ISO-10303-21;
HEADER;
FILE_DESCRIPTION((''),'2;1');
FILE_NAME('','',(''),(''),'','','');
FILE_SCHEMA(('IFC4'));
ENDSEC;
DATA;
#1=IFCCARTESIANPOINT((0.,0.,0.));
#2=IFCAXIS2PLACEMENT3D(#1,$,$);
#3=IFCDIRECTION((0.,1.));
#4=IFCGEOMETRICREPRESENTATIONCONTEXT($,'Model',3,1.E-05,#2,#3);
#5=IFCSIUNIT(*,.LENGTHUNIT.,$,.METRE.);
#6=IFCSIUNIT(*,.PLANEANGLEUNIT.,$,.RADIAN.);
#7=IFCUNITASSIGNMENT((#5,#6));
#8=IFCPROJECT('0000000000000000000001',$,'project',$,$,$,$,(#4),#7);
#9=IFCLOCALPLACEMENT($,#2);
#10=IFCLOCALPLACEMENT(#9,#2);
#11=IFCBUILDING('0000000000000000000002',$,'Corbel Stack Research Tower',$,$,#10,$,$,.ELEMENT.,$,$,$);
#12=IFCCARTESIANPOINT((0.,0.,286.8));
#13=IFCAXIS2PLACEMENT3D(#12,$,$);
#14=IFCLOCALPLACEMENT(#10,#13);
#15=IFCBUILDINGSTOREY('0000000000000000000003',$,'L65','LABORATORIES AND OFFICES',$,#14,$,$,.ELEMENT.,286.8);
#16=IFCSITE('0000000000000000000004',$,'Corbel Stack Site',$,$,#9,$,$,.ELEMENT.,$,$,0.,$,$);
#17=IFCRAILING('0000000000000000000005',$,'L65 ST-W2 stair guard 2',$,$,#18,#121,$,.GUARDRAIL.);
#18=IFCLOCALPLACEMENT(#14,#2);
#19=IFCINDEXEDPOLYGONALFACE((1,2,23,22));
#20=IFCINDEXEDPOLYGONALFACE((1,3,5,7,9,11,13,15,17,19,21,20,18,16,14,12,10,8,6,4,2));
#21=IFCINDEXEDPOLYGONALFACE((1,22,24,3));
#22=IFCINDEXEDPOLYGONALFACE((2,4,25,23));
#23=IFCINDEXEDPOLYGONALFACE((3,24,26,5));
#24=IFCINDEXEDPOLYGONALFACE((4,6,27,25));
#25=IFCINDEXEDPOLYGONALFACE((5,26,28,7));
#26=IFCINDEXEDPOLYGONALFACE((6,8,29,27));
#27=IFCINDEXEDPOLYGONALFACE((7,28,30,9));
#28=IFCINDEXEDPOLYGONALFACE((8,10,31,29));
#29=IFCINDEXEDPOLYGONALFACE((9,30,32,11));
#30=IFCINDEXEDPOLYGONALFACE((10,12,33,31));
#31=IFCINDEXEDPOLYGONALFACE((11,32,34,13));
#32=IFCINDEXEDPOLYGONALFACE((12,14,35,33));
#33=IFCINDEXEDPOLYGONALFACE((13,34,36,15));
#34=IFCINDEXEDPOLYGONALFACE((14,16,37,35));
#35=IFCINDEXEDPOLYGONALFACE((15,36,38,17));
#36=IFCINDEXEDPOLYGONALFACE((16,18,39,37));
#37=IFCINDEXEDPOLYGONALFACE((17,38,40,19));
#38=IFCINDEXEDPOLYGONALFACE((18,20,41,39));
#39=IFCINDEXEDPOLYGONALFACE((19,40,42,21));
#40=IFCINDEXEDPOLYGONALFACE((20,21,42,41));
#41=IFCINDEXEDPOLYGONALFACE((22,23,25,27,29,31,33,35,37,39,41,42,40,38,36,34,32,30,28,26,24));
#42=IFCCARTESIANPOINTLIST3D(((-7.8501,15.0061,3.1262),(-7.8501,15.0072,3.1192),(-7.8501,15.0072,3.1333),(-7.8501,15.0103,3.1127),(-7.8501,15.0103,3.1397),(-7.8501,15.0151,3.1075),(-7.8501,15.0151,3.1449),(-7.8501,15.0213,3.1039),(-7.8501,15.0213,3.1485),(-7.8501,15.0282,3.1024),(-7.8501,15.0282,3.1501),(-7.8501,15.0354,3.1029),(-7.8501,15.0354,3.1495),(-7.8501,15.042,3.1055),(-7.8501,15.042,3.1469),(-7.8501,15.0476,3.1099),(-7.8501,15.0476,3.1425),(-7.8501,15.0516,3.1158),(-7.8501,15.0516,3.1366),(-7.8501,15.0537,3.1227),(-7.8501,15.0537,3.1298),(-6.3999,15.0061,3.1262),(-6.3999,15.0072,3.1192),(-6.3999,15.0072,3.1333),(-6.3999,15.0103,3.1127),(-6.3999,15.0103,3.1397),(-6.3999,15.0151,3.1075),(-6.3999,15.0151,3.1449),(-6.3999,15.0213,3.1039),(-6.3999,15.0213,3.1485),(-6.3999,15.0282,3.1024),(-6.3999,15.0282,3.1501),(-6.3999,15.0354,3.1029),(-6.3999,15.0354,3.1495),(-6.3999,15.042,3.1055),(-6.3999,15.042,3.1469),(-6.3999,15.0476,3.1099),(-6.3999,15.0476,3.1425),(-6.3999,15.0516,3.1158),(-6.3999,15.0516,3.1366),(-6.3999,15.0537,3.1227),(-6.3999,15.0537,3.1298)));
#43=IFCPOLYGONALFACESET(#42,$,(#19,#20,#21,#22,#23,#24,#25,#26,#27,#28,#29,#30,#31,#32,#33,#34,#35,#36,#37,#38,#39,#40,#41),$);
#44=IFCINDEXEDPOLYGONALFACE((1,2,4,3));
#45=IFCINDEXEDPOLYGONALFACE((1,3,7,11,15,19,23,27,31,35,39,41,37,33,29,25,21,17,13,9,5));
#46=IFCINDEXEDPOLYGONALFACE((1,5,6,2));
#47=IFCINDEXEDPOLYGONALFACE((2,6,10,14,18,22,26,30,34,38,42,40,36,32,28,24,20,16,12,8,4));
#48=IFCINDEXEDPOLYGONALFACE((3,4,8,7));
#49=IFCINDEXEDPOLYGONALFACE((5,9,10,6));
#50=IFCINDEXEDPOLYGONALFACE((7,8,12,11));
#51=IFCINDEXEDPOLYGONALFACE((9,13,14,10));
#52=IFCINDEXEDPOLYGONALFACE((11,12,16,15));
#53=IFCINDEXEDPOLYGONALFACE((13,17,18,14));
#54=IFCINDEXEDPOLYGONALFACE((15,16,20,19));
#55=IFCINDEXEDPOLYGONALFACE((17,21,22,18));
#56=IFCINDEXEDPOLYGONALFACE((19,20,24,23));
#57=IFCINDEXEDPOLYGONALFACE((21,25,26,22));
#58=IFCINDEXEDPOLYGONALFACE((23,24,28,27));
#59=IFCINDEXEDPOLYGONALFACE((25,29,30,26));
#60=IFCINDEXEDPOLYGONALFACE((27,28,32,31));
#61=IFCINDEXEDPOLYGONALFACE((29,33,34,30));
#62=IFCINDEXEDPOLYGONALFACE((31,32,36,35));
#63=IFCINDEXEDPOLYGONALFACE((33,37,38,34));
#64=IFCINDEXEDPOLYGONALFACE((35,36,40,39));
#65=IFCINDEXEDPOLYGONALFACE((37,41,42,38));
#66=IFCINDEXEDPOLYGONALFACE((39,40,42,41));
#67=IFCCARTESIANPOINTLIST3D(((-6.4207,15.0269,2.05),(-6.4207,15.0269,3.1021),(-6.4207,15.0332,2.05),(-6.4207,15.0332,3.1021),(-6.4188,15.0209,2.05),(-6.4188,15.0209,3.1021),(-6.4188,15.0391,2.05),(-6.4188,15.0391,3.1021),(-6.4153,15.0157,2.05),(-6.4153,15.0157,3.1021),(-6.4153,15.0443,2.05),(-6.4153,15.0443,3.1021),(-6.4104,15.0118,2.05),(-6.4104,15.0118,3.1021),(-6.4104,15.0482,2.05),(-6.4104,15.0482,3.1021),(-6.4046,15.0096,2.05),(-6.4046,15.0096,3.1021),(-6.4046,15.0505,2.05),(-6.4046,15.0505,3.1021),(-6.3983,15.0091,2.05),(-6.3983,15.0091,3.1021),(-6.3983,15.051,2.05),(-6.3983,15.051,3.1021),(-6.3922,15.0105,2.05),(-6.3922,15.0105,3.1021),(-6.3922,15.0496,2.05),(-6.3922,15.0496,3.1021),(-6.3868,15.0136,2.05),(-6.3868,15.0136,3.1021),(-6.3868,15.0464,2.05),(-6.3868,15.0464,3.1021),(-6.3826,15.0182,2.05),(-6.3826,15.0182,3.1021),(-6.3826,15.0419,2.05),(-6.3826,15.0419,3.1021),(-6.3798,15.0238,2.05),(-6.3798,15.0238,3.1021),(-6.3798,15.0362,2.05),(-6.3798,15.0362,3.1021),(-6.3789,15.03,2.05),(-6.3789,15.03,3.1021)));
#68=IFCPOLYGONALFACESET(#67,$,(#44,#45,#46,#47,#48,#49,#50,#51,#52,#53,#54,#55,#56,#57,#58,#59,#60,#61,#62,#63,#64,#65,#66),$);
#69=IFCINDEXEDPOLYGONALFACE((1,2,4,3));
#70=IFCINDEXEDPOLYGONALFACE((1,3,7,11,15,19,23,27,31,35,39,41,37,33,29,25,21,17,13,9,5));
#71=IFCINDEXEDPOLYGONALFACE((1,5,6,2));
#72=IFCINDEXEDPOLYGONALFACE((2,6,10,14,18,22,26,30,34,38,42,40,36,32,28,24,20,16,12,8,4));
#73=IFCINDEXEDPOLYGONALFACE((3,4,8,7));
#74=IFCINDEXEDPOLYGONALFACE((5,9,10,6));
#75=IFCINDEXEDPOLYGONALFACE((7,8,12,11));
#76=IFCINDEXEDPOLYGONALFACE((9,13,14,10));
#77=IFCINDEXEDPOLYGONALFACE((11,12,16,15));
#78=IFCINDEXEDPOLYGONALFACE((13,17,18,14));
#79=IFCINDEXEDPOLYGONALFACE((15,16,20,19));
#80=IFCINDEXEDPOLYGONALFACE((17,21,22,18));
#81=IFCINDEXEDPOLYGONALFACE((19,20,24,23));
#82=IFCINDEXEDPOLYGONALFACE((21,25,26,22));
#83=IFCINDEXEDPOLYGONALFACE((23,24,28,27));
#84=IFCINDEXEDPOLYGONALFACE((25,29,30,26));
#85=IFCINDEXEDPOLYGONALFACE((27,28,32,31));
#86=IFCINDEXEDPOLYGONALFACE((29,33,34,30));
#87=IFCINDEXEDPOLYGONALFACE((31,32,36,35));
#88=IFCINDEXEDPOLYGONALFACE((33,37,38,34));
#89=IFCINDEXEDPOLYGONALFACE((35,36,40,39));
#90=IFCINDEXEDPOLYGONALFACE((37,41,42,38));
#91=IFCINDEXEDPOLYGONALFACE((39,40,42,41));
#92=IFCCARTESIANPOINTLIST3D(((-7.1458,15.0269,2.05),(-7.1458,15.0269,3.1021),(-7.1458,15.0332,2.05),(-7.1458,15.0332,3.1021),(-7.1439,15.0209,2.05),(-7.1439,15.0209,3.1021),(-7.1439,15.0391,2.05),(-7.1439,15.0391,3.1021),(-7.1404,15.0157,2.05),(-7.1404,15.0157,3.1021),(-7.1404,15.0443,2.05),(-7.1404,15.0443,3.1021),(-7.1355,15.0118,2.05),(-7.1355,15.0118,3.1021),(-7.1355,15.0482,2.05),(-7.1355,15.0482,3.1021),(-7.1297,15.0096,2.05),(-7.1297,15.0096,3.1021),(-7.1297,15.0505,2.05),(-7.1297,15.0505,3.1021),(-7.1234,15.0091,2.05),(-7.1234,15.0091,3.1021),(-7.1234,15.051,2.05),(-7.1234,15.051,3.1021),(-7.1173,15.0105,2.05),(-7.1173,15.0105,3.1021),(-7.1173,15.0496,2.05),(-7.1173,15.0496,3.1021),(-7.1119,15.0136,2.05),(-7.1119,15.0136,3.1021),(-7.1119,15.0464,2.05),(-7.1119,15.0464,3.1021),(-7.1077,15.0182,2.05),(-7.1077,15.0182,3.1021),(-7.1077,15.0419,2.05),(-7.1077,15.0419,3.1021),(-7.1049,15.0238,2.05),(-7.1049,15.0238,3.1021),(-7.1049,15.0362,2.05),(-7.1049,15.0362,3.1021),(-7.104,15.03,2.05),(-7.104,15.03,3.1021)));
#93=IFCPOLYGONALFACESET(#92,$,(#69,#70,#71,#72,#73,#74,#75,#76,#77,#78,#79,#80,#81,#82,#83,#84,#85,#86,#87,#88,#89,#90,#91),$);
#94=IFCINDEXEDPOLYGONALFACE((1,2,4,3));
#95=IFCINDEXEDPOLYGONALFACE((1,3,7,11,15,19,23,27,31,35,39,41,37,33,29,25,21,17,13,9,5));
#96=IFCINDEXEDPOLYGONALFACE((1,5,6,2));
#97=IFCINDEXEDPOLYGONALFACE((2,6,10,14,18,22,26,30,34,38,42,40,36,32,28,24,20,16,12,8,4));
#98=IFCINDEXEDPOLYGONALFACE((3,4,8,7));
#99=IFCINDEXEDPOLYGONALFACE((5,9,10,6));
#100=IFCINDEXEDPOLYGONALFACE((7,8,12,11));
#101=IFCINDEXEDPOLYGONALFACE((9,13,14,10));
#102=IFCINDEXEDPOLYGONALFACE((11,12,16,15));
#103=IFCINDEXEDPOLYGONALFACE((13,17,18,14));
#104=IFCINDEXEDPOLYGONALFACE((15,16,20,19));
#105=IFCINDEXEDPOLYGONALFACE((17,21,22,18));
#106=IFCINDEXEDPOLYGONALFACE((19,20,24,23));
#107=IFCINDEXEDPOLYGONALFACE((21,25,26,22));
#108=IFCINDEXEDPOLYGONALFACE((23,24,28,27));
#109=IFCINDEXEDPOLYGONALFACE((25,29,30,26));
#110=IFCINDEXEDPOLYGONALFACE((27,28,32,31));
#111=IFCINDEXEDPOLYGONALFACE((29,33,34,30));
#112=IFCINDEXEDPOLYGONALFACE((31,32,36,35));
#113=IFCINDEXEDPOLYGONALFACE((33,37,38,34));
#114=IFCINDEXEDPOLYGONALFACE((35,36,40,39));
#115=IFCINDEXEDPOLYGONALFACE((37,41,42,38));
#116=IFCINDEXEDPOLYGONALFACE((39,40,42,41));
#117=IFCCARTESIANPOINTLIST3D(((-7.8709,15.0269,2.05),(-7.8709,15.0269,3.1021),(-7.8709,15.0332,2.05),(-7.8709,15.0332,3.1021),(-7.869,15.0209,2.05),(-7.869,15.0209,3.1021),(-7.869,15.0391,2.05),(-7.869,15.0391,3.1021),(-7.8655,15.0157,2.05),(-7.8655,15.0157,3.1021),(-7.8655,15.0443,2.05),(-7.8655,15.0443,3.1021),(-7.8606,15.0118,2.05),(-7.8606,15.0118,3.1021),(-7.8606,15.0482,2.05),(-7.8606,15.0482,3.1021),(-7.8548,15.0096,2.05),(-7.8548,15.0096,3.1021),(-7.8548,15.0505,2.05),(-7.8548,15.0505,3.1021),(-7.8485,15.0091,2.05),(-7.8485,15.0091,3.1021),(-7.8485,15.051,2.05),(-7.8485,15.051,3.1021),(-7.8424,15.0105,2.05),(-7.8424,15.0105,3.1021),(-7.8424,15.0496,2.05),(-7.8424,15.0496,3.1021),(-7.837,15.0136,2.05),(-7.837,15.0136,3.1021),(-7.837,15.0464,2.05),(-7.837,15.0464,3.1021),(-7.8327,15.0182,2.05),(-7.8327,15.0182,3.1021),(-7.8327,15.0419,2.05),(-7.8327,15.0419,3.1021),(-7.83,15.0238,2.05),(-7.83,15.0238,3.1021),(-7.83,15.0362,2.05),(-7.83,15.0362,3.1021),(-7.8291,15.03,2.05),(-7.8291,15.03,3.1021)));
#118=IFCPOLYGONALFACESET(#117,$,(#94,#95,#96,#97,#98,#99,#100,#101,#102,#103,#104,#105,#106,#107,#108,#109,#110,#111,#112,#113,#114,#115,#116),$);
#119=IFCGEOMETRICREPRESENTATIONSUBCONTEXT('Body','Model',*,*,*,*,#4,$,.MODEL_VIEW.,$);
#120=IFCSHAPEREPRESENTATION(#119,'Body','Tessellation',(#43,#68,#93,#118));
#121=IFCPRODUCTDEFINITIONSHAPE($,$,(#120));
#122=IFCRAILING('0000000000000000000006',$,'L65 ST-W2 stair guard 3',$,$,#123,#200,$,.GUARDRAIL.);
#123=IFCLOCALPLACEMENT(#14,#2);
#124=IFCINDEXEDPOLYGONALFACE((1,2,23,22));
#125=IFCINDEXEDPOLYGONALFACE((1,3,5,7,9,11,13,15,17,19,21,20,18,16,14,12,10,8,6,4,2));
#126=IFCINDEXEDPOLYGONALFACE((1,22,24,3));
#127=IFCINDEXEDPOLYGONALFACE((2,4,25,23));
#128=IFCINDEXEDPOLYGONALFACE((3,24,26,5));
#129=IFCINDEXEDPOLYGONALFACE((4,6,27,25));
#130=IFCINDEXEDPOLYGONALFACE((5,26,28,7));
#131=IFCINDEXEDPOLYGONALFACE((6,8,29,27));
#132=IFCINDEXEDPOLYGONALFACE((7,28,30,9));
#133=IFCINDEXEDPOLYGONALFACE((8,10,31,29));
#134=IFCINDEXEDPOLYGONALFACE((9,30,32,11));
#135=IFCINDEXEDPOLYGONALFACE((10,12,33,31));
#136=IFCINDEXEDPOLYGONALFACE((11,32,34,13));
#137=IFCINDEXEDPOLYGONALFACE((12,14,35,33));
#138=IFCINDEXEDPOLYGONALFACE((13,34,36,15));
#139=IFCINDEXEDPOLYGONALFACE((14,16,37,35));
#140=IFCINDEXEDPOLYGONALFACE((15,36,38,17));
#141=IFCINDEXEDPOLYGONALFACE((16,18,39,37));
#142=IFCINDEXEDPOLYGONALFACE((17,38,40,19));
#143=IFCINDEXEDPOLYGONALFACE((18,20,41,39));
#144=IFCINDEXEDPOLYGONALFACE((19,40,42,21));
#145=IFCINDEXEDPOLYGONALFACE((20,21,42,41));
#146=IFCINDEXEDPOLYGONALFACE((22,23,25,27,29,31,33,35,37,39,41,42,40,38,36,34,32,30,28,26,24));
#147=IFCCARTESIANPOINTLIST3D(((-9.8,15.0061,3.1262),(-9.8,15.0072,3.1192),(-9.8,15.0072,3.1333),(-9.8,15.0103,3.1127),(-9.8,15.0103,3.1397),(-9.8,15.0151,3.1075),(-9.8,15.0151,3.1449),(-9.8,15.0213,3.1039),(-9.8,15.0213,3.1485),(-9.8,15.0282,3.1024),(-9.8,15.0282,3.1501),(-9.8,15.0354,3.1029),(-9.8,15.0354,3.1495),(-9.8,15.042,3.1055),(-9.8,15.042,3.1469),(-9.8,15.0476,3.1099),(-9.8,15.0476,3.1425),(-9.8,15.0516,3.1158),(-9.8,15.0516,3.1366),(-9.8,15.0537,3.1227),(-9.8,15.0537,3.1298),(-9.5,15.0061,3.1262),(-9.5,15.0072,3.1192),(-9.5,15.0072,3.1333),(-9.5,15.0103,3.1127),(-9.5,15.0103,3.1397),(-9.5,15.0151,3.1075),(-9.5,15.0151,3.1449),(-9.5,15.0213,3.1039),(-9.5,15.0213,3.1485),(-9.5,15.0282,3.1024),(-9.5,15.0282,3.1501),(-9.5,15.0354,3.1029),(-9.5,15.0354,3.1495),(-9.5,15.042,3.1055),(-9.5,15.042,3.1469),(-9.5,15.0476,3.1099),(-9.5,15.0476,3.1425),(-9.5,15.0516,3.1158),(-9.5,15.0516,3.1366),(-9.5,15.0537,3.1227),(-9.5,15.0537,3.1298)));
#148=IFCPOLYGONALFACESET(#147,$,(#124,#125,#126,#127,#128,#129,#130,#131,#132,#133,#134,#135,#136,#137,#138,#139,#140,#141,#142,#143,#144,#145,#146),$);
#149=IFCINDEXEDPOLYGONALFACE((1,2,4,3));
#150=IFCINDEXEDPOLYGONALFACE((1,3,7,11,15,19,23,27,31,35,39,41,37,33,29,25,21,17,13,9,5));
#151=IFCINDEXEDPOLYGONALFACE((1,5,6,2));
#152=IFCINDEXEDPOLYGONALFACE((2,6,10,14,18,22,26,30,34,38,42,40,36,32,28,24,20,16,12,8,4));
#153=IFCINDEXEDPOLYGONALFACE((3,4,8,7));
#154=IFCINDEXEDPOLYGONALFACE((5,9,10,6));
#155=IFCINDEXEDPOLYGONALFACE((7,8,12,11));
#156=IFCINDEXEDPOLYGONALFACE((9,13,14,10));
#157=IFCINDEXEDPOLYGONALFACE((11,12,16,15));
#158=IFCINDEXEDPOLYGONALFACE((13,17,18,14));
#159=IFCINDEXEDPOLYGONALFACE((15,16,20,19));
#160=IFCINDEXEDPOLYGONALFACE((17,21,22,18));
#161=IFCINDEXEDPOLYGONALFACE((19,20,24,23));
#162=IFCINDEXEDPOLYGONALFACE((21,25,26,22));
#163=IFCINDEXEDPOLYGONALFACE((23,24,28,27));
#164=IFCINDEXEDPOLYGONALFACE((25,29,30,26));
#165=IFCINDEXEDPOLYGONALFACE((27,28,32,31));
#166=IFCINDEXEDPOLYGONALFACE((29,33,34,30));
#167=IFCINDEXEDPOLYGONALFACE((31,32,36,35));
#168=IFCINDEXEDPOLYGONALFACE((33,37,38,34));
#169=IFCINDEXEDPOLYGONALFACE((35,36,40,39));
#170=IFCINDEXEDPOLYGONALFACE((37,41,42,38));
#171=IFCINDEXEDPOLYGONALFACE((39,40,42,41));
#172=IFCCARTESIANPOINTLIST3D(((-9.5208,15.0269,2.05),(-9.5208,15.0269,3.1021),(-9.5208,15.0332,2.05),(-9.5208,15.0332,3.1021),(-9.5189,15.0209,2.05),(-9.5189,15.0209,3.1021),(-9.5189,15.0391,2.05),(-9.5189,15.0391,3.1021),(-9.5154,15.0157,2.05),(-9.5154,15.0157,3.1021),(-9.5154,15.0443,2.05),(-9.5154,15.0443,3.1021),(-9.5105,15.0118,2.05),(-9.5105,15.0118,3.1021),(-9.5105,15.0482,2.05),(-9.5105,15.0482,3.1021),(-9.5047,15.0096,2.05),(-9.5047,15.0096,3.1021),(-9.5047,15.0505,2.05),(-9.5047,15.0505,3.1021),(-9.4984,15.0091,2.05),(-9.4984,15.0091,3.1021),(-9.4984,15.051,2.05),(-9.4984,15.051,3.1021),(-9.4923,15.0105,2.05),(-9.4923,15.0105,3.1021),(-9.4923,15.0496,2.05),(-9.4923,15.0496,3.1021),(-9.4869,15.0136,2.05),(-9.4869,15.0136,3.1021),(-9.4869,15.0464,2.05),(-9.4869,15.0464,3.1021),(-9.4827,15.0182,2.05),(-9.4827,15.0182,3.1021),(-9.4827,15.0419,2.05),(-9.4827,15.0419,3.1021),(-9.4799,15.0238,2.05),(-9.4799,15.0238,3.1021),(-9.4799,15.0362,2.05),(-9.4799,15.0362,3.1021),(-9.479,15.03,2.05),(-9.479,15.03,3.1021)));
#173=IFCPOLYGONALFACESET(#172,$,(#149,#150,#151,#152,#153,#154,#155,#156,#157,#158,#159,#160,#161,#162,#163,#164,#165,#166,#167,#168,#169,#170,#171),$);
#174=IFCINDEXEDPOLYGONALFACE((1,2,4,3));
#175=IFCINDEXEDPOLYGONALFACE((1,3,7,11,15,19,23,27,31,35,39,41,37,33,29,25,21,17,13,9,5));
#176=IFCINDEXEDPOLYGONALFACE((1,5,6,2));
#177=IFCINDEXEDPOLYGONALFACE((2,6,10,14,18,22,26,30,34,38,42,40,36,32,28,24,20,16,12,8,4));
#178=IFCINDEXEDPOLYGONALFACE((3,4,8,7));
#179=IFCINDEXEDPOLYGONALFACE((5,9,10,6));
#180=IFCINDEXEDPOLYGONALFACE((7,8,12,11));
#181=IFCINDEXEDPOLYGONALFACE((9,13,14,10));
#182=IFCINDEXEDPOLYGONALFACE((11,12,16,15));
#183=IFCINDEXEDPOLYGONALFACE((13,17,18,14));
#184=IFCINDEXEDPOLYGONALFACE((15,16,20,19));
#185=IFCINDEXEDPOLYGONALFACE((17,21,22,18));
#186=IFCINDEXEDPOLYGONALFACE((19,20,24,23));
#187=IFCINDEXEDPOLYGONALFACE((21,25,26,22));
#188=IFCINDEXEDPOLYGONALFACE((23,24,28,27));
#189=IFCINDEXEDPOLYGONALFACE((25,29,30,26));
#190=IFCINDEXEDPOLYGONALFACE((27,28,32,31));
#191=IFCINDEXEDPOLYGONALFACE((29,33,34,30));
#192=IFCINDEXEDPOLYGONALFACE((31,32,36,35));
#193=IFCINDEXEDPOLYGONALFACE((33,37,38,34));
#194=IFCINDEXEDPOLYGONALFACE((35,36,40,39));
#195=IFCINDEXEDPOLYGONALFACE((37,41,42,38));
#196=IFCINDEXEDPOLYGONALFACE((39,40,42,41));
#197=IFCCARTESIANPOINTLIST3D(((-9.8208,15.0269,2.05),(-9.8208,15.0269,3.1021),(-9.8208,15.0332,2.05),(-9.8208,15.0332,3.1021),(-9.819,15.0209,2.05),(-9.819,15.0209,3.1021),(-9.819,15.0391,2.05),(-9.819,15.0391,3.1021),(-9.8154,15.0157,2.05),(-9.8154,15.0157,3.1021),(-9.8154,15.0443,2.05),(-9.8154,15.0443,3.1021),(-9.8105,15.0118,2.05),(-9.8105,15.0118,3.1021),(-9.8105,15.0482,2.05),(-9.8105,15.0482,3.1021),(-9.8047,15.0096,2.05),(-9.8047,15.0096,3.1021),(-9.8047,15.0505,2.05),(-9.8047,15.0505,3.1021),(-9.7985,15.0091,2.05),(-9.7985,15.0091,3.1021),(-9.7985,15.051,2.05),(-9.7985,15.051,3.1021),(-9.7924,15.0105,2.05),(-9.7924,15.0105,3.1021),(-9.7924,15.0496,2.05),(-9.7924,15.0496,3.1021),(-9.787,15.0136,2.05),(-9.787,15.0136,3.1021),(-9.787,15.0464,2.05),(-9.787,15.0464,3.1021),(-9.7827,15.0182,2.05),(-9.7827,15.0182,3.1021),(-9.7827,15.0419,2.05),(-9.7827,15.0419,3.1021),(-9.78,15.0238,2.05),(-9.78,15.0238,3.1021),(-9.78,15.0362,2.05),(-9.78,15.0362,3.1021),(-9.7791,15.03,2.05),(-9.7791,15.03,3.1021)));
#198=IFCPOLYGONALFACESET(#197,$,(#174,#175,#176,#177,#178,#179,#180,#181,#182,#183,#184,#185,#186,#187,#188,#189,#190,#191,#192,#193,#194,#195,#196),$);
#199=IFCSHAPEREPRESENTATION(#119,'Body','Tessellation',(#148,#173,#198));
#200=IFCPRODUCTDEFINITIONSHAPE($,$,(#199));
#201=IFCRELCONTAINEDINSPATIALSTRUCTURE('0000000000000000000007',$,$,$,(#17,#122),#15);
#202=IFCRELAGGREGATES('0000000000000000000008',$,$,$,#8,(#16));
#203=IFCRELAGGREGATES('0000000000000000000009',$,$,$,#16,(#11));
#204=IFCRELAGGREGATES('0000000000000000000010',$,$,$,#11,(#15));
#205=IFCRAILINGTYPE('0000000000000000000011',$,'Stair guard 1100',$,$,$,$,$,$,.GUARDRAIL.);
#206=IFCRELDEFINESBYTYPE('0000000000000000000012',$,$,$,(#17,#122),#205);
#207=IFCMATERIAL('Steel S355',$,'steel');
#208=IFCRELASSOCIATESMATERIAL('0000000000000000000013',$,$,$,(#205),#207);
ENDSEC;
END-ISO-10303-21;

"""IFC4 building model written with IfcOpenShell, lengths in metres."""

from ifc_helpers import new_model, si_unit, direction, frame, origin, origin_2d, place, context, subcontext, project, spatial, circle, extrude, material, type_object, element, save


model = new_model("IFC4")

# Units and contexts
model_context = context("Model", 3, precision=1e-05, world=origin(), true_north=direction((0.0, 1.0)))
body_context = subcontext(model_context, "Body", "Model", "MODEL_VIEW")
ifc_project = project(units=[si_unit("LENGTHUNIT", "METRE"), si_unit("PLANEANGLEUNIT", "RADIAN")], contexts=[model_context])

# Site, building, storey
site_placement = place(None, origin())
site = spatial("IfcSite", under=ifc_project, at=site_placement, Name="Corbel Stack Site", CompositionType="ELEMENT", RefElevation=0.0)
building_placement = place(site_placement, origin())
building = spatial("IfcBuilding", under=site, at=building_placement, Name="Corbel Stack Research Tower", CompositionType="ELEMENT")
storey_placement = place(building_placement, frame((0.0, 0.0, 286.8)))
storey = spatial("IfcBuildingStorey", under=building, at=storey_placement, Name="L65", Description="LABORATORIES AND OFFICES", CompositionType="ELEMENT", Elevation=286.8)

# Railings
ifc_material_1 = material(Name="Steel S355", Category="steel")
railing_type_1 = type_object("IfcRailingType", Name="Stair guard 1100", PredefinedType="GUARDRAIL", material=ifc_material_1)
railing_1_placement = place(storey_placement, frame((-6.3999, 15.03, 2.05)))
element("IfcRailing", 1, at=railing_1_placement, inside=storey, type_object=railing_type_1, Name="L65 ST-W2 stair guard 2", PredefinedType="GUARDRAIL", context=body_context, shape_type="SweptSolid", body=[
    extrude(circle(Radius=0.0239, at=origin_2d()), frame((0.0, 0.0, 1.0762), z_axis=(-1.0, 0.0, 0.0), x_axis=(0.0, -1.0, 0.0)), (0.0, 0.0, 1.0), 1.4502),
    extrude(circle(Radius=0.021, at=origin_2d()), origin(), (0.0, 0.0, 1.0), 1.052),
    extrude(circle(Radius=0.021, at=origin_2d()), frame((-0.7251, 0.0, 0.0)), (0.0, 0.0, 1.0), 1.052),
    extrude(circle(Radius=0.021, at=origin_2d()), frame((-1.4502, 0.0, 0.0)), (0.0, 0.0, 1.0), 1.052),
])
railing_2_placement = place(storey_placement, frame((-9.5, 15.03, 2.05)))
element("IfcRailing", 2, at=railing_2_placement, inside=storey, type_object=railing_type_1, Name="L65 ST-W2 stair guard 3", PredefinedType="GUARDRAIL", context=body_context, shape_type="SweptSolid", body=[
    extrude(circle(Radius=0.0239, at=origin_2d()), frame((0.0, 0.0, 1.0762), z_axis=(-1.0, 0.0, 0.0), x_axis=(0.0, -1.0, 0.0)), (0.0, 0.0, 1.0), 0.3),
    extrude(circle(Radius=0.021, at=origin_2d()), origin(), (0.0, 0.0, 1.0), 1.052),
    extrude(circle(Radius=0.021, at=origin_2d()), frame((-0.3, 0.0, 0.0)), (0.0, 0.0, 1.0), 1.052),
])

save(model, "model.ifc")
